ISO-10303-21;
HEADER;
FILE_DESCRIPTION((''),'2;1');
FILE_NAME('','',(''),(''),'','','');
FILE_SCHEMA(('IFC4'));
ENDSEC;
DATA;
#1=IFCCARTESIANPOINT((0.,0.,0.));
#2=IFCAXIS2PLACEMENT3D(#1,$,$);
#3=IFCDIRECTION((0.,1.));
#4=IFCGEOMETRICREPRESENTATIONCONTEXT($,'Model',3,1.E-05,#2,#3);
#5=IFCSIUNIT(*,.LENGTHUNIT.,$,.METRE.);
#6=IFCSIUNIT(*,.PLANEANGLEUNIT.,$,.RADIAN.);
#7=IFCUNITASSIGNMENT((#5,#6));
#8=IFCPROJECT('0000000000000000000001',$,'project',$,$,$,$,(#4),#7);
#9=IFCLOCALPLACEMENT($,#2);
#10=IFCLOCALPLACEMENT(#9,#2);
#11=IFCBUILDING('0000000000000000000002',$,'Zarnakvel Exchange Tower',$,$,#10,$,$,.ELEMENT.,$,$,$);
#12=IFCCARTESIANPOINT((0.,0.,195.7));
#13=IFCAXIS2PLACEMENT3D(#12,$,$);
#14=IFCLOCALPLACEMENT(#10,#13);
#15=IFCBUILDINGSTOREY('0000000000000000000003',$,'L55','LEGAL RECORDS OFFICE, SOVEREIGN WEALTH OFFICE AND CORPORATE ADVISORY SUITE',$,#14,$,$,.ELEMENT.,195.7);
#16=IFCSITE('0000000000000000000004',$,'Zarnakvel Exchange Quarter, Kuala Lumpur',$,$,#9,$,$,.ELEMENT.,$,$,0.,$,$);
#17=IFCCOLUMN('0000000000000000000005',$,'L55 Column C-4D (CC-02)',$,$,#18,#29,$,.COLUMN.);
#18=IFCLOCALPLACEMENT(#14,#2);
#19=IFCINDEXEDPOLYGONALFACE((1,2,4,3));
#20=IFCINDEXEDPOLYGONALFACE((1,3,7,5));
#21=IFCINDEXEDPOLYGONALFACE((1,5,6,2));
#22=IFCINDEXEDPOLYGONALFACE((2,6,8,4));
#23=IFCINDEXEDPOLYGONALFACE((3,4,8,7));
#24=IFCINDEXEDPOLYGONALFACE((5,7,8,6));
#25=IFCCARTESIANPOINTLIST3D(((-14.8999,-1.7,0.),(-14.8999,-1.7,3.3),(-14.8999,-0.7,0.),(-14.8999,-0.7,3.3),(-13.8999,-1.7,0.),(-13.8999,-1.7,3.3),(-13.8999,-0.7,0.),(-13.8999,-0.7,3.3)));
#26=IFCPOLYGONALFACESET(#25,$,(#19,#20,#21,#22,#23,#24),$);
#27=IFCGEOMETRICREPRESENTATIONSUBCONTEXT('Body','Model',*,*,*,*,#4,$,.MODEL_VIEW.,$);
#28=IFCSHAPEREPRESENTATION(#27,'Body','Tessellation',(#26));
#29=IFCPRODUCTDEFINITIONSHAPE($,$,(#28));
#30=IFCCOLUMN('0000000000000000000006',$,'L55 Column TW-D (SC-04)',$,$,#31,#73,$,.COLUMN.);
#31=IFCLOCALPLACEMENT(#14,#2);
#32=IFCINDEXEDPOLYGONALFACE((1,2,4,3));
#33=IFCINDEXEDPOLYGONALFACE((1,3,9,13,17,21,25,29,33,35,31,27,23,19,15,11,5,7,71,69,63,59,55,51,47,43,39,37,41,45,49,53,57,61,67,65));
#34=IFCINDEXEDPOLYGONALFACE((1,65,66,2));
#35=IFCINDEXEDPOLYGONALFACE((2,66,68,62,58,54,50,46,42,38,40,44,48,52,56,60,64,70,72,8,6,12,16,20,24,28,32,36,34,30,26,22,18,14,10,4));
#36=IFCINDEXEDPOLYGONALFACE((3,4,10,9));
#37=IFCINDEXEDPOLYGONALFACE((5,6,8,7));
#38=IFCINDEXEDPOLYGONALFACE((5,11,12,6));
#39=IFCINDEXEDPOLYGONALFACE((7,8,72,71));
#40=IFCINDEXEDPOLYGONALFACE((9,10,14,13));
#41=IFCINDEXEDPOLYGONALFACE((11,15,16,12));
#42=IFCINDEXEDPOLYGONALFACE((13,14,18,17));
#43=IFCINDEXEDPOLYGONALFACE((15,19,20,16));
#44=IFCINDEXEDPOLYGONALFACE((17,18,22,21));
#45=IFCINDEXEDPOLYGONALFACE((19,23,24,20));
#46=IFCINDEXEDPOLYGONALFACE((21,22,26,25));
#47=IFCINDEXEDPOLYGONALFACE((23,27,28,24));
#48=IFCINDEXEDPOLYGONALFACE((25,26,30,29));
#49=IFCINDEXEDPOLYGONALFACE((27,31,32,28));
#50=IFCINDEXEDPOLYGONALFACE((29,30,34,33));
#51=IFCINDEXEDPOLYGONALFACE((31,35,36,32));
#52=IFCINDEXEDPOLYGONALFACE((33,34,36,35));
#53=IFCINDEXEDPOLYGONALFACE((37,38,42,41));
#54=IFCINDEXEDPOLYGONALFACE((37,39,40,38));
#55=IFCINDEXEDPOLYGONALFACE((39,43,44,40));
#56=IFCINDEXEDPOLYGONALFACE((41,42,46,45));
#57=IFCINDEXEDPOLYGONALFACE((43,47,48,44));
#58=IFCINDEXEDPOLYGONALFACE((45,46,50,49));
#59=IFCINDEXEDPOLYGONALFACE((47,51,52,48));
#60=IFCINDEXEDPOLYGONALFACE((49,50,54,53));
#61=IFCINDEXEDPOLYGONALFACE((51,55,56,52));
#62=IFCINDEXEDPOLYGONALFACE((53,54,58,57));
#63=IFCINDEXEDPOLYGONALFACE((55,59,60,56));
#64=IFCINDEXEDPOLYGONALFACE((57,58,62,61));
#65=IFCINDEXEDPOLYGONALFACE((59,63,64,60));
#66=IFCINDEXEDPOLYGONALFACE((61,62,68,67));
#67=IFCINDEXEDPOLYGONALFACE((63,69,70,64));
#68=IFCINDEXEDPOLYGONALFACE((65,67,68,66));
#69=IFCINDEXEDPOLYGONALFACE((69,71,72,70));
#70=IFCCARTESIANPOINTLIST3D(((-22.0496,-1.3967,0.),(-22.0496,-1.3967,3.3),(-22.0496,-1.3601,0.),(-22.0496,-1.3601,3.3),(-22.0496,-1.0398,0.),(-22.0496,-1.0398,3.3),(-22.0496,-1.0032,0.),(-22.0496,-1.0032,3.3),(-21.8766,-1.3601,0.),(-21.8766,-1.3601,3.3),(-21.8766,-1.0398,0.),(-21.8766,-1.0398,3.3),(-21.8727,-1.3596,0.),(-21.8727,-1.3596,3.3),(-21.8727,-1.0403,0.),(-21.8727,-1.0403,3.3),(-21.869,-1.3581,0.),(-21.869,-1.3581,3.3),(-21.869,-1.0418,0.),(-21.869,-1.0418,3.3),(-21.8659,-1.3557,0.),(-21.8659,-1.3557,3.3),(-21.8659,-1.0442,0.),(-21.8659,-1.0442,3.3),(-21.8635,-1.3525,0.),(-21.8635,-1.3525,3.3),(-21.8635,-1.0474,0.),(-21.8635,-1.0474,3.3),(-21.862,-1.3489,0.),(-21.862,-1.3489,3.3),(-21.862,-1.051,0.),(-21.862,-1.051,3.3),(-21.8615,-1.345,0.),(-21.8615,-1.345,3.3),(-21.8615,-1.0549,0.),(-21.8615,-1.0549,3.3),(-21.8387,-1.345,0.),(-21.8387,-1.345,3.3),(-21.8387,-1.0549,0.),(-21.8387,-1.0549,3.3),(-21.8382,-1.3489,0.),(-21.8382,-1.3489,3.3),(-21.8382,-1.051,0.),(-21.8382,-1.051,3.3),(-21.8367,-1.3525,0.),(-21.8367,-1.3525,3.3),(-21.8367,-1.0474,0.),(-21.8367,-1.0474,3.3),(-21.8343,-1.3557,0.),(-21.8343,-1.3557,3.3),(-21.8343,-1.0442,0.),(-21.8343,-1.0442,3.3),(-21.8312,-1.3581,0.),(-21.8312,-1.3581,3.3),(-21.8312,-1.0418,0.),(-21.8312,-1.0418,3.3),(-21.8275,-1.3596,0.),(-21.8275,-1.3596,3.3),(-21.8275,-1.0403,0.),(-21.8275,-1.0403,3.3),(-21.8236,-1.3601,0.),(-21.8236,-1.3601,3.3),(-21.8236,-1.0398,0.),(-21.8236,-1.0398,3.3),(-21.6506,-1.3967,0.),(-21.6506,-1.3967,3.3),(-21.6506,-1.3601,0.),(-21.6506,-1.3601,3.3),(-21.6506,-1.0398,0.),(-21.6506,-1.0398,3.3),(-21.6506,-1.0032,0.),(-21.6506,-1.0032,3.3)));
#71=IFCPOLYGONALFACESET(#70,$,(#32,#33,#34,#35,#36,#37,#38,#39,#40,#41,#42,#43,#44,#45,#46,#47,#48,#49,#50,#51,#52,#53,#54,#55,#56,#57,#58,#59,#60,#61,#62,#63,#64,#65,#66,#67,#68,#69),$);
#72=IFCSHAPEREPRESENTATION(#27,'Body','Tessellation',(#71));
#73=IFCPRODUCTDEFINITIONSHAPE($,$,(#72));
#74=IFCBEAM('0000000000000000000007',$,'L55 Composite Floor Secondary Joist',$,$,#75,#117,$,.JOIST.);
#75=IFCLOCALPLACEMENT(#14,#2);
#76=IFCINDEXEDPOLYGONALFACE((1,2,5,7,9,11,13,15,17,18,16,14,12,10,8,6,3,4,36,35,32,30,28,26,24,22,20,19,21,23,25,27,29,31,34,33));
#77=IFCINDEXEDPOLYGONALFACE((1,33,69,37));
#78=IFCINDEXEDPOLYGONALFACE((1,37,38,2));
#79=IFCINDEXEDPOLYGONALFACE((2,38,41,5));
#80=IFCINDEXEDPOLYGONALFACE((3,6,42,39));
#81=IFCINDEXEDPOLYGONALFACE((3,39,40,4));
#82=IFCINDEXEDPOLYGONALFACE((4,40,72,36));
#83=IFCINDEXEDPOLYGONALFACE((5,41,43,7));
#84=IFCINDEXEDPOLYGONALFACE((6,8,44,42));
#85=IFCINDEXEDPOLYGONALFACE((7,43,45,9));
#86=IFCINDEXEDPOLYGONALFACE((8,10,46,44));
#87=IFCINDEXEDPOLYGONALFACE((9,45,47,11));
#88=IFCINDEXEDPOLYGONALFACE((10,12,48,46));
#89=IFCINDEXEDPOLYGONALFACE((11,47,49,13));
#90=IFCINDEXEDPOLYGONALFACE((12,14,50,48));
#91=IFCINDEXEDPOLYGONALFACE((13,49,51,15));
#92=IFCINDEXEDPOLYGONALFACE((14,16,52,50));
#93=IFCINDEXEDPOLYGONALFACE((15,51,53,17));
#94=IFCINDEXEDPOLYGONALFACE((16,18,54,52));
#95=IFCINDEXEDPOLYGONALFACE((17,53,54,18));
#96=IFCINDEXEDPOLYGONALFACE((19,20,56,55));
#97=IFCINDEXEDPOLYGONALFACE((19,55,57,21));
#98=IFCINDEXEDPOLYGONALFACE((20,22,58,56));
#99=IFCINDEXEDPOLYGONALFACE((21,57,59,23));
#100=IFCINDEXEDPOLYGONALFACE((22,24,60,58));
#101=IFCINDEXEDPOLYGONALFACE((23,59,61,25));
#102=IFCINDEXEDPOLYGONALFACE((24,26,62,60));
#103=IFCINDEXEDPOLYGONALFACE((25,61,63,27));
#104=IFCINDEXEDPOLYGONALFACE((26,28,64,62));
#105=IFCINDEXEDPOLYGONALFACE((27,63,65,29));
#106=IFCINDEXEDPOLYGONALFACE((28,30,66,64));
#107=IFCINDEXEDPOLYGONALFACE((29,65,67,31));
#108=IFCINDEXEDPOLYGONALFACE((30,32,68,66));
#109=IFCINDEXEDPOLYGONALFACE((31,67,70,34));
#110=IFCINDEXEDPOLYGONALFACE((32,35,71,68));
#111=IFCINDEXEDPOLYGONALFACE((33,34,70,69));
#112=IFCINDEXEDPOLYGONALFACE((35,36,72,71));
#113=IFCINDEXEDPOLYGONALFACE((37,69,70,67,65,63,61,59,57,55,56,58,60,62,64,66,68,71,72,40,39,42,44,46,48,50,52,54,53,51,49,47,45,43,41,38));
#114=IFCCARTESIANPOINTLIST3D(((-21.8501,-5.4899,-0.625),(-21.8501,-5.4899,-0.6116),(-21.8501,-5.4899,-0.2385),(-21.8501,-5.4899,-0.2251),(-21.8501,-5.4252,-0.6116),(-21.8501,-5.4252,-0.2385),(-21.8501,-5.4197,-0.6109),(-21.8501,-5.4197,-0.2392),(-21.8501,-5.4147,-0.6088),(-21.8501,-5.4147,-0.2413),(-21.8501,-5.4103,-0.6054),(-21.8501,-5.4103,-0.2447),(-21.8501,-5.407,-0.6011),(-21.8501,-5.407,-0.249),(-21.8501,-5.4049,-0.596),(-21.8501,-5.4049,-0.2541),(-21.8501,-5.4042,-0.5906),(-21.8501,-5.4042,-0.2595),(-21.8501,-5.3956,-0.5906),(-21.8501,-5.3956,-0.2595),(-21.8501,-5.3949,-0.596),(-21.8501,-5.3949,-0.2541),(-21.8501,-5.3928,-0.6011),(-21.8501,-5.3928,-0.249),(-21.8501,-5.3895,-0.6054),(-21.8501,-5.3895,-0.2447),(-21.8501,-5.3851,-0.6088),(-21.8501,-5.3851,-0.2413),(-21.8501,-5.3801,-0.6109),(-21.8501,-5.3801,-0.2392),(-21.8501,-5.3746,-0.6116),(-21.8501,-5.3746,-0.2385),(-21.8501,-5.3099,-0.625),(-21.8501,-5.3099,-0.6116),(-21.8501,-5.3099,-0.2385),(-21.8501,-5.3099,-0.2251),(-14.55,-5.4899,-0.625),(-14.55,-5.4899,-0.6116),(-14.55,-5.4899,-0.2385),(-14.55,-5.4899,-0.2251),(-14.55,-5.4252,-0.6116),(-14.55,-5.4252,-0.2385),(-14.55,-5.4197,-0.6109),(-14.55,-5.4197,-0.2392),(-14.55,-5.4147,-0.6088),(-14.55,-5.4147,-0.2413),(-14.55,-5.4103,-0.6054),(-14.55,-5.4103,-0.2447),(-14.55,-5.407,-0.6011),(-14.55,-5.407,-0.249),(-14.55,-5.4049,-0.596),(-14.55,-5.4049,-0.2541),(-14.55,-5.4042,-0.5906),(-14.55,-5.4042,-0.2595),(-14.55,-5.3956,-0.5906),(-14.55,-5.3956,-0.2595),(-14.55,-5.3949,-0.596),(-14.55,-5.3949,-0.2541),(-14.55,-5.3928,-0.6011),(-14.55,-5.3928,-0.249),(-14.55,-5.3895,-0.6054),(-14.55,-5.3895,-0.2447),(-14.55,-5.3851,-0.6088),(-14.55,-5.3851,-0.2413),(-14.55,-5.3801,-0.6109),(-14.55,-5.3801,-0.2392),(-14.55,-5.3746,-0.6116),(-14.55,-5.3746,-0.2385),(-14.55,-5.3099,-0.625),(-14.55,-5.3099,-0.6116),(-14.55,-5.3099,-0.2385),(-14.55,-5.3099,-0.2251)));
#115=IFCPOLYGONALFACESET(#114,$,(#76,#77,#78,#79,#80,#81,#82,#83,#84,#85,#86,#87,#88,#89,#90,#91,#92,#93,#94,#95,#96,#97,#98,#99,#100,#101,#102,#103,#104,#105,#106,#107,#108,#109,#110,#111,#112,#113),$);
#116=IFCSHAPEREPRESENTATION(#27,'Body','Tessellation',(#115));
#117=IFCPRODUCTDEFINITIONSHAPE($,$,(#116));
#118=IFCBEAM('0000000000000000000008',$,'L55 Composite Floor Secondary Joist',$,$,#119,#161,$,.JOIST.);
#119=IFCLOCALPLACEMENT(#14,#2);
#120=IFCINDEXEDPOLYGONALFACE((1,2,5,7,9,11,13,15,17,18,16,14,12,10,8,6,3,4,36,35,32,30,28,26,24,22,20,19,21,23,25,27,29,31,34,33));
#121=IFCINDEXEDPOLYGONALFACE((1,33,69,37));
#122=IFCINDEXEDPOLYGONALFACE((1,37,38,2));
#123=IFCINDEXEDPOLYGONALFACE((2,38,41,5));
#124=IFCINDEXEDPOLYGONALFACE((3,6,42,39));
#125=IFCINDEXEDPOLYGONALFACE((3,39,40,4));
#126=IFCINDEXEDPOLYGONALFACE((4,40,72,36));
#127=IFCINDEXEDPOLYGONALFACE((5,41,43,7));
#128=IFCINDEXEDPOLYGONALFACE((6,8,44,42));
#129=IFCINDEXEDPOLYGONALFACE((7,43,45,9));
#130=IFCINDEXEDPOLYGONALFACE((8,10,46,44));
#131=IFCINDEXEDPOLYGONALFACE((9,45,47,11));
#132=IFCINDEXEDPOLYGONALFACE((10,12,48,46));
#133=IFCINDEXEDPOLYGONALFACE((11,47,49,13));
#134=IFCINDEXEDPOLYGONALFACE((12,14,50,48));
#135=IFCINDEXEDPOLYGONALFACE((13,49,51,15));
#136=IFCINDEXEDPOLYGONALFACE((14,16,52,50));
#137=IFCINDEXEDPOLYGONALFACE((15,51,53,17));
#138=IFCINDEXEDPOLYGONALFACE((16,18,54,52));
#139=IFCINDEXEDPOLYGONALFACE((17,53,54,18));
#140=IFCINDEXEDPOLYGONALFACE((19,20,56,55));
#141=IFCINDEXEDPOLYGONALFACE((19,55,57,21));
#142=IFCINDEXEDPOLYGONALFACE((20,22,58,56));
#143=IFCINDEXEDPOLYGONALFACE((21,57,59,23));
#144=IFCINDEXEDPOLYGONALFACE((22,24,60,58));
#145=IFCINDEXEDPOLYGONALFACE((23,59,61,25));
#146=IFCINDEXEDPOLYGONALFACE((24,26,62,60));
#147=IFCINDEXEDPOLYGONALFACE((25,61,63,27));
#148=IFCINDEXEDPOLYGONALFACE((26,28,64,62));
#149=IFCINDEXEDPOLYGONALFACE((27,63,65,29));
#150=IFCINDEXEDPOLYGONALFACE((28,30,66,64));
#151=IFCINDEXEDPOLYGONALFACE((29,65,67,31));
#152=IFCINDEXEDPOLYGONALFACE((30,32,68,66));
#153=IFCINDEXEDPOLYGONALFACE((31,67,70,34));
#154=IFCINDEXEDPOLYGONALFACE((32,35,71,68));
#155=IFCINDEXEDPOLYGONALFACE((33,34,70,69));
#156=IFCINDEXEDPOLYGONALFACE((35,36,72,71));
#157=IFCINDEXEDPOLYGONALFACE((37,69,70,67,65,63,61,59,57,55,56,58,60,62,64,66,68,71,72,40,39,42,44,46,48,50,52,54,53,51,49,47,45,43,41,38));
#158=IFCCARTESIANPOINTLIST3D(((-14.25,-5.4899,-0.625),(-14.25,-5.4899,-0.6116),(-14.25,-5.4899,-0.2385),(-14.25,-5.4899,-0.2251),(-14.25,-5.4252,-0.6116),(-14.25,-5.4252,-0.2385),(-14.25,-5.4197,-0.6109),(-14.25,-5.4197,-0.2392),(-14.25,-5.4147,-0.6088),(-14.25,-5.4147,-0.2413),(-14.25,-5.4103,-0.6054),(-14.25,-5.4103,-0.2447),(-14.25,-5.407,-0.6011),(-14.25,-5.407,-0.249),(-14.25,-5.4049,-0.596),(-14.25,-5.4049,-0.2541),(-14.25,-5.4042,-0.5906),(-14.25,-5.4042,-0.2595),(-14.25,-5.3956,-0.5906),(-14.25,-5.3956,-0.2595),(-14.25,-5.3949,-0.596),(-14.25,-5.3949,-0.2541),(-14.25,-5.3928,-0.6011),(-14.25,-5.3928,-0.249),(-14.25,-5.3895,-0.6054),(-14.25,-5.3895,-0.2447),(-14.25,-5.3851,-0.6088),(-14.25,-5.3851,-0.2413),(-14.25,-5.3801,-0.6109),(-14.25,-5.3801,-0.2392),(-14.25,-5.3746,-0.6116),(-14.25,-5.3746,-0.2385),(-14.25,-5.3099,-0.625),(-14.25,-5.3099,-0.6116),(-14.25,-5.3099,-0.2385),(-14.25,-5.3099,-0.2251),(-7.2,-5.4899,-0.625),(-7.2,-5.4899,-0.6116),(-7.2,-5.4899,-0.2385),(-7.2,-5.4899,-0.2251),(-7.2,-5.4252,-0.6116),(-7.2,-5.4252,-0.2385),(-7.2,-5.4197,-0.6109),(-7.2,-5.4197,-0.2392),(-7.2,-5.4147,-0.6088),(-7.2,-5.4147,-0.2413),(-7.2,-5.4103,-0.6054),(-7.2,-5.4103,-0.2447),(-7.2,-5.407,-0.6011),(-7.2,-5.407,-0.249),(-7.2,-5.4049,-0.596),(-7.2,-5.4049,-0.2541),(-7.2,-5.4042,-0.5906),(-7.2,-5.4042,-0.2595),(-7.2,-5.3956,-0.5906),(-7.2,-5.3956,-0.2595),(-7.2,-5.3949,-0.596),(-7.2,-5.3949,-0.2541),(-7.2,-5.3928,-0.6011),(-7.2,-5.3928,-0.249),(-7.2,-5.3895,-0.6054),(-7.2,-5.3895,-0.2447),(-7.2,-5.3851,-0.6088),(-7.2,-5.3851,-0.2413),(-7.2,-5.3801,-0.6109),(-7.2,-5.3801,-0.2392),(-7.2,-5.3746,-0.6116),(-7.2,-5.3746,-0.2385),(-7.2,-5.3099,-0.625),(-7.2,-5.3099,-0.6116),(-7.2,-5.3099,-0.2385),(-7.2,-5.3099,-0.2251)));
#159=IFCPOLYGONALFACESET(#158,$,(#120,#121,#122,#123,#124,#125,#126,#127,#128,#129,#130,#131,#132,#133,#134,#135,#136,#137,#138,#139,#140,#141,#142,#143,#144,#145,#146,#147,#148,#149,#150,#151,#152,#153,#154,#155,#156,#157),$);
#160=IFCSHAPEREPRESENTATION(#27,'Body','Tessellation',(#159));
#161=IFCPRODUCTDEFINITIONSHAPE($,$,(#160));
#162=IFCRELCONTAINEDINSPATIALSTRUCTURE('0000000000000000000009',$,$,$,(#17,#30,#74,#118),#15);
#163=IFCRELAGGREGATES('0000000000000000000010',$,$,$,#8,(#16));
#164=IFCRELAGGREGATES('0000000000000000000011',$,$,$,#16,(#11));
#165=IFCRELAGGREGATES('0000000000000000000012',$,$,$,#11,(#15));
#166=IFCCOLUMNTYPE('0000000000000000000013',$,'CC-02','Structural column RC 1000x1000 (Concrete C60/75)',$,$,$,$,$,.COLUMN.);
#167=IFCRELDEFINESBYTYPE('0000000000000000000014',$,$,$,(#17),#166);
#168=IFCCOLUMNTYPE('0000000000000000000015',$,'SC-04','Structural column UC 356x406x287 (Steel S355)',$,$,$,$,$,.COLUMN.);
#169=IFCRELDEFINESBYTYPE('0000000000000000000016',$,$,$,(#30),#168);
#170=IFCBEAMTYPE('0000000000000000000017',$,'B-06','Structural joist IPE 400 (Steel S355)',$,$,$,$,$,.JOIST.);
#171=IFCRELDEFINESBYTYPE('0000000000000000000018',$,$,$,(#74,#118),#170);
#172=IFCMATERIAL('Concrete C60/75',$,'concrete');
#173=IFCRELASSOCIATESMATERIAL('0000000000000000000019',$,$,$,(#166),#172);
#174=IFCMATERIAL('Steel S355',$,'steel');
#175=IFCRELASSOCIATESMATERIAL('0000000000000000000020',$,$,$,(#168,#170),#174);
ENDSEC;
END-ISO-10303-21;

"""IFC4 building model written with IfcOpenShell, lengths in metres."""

from ifc_helpers import new_model, si_unit, direction, frame, origin, origin_2d, place, context, subcontext, project, spatial, rectangle, i_section, extrude, material, material_profile, profile_set, type_object, element, save


model = new_model("IFC4")

# Units and contexts
model_context = context("Model", 3, precision=1e-05, world=origin(), true_north=direction((0.0, 1.0)))
body_context = subcontext(model_context, "Body", "Model", "MODEL_VIEW")
ifc_project = project(units=[si_unit("LENGTHUNIT", "METRE"), si_unit("PLANEANGLEUNIT", "RADIAN")], contexts=[model_context])

# Site, building, storey
site_placement = place(None, origin())
site = spatial("IfcSite", under=ifc_project, at=site_placement, Name="Zarnakvel Exchange Quarter, Kuala Lumpur", CompositionType="ELEMENT", RefElevation=0.0)
building_placement = place(site_placement, origin())
building = spatial("IfcBuilding", under=site, at=building_placement, Name="Zarnakvel Exchange Tower", CompositionType="ELEMENT")
storey_placement = place(building_placement, frame((0.0, 0.0, 195.7)))
storey = spatial("IfcBuildingStorey", under=building, at=storey_placement, Name="L55", Description="LEGAL RECORDS OFFICE, SOVEREIGN WEALTH OFFICE AND CORPORATE ADVISORY SUITE", CompositionType="ELEMENT", Elevation=195.7)

# Columns
ifc_material_1 = material(Name="Concrete C60/75", Category="concrete")
ifc_material_profile_1 = material_profile(ifc_material_1, rectangle(XDim=1.0, YDim=1.0, at=origin_2d()))
ifc_profile_set_1 = profile_set([ifc_material_profile_1], Name="Concrete C60/75")
column_type_1 = type_object("IfcColumnType", Name="CC-02", Description="Structural column RC 1000x1000 (Concrete C60/75)", PredefinedType="COLUMN", material=ifc_profile_set_1)
column_1_placement = place(storey_placement, frame((-14.3999, -1.2, 0.0), z_axis=(0.0, 0.0, 1.0), x_axis=(1.0, 0.0, 0.0)))
element("IfcColumn", 1, at=column_1_placement, inside=storey, type_object=column_type_1, Name="L55 Column C-4D (CC-02)", PredefinedType="COLUMN", context=body_context, shape_type="SweptSolid", body=[
    extrude(rectangle(XDim=1.0, YDim=1.0, at=origin_2d()), origin(), (0.0, 0.0, 1.0), 3.3),
])
ifc_material_2 = material(Name="Steel S355", Category="steel")
ifc_material_profile_2 = material_profile(ifc_material_2, i_section(OverallWidth=0.3989, OverallDepth=0.3936, WebThickness=0.0227, FlangeThickness=0.0366, FilletRadius=0.0151, at=origin_2d()))
ifc_profile_set_2 = profile_set([ifc_material_profile_2], Name="Steel S355")
column_type_2 = type_object("IfcColumnType", Name="SC-04", Description="Structural column UC 356x406x287 (Steel S355)", PredefinedType="COLUMN", material=ifc_profile_set_2)
column_2_placement = place(storey_placement, frame((-21.8501, -1.2, 0.0), z_axis=(0.0, 0.0, 1.0), x_axis=(1.0, 0.0, 0.0)))
element("IfcColumn", 2, at=column_2_placement, inside=storey, type_object=column_type_2, Name="L55 Column TW-D (SC-04)", PredefinedType="COLUMN", context=body_context, shape_type="SweptSolid", body=[
    extrude(i_section(OverallWidth=0.3989, OverallDepth=0.3936, WebThickness=0.0227, FlangeThickness=0.0366, FilletRadius=0.0151, at=origin_2d()), origin(), (0.0, 0.0, 1.0), 3.3),
])

# Beams
ifc_material_profile_3 = material_profile(ifc_material_2, i_section(OverallWidth=0.1799, OverallDepth=0.3999, WebThickness=0.0085, FlangeThickness=0.0134, FilletRadius=0.021, at=origin_2d()))
ifc_profile_set_3 = profile_set([ifc_material_profile_3], Name="Steel S355")
beam_type_1 = type_object("IfcBeamType", Name="B-06", Description="Structural joist IPE 400 (Steel S355)", PredefinedType="JOIST", material=ifc_profile_set_3)
beam_1_placement = place(storey_placement, frame((-21.8501, -5.3999, -0.425), z_axis=(1.0, 0.0, 0.0), x_axis=(0.0, 1.0, 0.0)))
element("IfcBeam", 3, at=beam_1_placement, inside=storey, type_object=beam_type_1, Name="L55 Composite Floor Secondary Joist", PredefinedType="JOIST", context=body_context, shape_type="SweptSolid", body=[
    extrude(i_section(OverallWidth=0.1799, OverallDepth=0.3999, WebThickness=0.0085, FlangeThickness=0.0134, FilletRadius=0.021, at=origin_2d()), origin(), (0.0, 0.0, 1.0), 7.3),
])
beam_2_placement = place(storey_placement, frame((-14.25, -5.3999, -0.425), z_axis=(1.0, 0.0, 0.0), x_axis=(0.0, 1.0, 0.0)))
element("IfcBeam", 4, at=beam_2_placement, inside=storey, type_object=beam_type_1, Name="L55 Composite Floor Secondary Joist", PredefinedType="JOIST", context=body_context, shape_type="SweptSolid", body=[
    extrude(i_section(OverallWidth=0.1799, OverallDepth=0.3999, WebThickness=0.0085, FlangeThickness=0.0134, FilletRadius=0.021, at=origin_2d()), origin(), (0.0, 0.0, 1.0), 7.05),
])

save(model, "model.ifc")
